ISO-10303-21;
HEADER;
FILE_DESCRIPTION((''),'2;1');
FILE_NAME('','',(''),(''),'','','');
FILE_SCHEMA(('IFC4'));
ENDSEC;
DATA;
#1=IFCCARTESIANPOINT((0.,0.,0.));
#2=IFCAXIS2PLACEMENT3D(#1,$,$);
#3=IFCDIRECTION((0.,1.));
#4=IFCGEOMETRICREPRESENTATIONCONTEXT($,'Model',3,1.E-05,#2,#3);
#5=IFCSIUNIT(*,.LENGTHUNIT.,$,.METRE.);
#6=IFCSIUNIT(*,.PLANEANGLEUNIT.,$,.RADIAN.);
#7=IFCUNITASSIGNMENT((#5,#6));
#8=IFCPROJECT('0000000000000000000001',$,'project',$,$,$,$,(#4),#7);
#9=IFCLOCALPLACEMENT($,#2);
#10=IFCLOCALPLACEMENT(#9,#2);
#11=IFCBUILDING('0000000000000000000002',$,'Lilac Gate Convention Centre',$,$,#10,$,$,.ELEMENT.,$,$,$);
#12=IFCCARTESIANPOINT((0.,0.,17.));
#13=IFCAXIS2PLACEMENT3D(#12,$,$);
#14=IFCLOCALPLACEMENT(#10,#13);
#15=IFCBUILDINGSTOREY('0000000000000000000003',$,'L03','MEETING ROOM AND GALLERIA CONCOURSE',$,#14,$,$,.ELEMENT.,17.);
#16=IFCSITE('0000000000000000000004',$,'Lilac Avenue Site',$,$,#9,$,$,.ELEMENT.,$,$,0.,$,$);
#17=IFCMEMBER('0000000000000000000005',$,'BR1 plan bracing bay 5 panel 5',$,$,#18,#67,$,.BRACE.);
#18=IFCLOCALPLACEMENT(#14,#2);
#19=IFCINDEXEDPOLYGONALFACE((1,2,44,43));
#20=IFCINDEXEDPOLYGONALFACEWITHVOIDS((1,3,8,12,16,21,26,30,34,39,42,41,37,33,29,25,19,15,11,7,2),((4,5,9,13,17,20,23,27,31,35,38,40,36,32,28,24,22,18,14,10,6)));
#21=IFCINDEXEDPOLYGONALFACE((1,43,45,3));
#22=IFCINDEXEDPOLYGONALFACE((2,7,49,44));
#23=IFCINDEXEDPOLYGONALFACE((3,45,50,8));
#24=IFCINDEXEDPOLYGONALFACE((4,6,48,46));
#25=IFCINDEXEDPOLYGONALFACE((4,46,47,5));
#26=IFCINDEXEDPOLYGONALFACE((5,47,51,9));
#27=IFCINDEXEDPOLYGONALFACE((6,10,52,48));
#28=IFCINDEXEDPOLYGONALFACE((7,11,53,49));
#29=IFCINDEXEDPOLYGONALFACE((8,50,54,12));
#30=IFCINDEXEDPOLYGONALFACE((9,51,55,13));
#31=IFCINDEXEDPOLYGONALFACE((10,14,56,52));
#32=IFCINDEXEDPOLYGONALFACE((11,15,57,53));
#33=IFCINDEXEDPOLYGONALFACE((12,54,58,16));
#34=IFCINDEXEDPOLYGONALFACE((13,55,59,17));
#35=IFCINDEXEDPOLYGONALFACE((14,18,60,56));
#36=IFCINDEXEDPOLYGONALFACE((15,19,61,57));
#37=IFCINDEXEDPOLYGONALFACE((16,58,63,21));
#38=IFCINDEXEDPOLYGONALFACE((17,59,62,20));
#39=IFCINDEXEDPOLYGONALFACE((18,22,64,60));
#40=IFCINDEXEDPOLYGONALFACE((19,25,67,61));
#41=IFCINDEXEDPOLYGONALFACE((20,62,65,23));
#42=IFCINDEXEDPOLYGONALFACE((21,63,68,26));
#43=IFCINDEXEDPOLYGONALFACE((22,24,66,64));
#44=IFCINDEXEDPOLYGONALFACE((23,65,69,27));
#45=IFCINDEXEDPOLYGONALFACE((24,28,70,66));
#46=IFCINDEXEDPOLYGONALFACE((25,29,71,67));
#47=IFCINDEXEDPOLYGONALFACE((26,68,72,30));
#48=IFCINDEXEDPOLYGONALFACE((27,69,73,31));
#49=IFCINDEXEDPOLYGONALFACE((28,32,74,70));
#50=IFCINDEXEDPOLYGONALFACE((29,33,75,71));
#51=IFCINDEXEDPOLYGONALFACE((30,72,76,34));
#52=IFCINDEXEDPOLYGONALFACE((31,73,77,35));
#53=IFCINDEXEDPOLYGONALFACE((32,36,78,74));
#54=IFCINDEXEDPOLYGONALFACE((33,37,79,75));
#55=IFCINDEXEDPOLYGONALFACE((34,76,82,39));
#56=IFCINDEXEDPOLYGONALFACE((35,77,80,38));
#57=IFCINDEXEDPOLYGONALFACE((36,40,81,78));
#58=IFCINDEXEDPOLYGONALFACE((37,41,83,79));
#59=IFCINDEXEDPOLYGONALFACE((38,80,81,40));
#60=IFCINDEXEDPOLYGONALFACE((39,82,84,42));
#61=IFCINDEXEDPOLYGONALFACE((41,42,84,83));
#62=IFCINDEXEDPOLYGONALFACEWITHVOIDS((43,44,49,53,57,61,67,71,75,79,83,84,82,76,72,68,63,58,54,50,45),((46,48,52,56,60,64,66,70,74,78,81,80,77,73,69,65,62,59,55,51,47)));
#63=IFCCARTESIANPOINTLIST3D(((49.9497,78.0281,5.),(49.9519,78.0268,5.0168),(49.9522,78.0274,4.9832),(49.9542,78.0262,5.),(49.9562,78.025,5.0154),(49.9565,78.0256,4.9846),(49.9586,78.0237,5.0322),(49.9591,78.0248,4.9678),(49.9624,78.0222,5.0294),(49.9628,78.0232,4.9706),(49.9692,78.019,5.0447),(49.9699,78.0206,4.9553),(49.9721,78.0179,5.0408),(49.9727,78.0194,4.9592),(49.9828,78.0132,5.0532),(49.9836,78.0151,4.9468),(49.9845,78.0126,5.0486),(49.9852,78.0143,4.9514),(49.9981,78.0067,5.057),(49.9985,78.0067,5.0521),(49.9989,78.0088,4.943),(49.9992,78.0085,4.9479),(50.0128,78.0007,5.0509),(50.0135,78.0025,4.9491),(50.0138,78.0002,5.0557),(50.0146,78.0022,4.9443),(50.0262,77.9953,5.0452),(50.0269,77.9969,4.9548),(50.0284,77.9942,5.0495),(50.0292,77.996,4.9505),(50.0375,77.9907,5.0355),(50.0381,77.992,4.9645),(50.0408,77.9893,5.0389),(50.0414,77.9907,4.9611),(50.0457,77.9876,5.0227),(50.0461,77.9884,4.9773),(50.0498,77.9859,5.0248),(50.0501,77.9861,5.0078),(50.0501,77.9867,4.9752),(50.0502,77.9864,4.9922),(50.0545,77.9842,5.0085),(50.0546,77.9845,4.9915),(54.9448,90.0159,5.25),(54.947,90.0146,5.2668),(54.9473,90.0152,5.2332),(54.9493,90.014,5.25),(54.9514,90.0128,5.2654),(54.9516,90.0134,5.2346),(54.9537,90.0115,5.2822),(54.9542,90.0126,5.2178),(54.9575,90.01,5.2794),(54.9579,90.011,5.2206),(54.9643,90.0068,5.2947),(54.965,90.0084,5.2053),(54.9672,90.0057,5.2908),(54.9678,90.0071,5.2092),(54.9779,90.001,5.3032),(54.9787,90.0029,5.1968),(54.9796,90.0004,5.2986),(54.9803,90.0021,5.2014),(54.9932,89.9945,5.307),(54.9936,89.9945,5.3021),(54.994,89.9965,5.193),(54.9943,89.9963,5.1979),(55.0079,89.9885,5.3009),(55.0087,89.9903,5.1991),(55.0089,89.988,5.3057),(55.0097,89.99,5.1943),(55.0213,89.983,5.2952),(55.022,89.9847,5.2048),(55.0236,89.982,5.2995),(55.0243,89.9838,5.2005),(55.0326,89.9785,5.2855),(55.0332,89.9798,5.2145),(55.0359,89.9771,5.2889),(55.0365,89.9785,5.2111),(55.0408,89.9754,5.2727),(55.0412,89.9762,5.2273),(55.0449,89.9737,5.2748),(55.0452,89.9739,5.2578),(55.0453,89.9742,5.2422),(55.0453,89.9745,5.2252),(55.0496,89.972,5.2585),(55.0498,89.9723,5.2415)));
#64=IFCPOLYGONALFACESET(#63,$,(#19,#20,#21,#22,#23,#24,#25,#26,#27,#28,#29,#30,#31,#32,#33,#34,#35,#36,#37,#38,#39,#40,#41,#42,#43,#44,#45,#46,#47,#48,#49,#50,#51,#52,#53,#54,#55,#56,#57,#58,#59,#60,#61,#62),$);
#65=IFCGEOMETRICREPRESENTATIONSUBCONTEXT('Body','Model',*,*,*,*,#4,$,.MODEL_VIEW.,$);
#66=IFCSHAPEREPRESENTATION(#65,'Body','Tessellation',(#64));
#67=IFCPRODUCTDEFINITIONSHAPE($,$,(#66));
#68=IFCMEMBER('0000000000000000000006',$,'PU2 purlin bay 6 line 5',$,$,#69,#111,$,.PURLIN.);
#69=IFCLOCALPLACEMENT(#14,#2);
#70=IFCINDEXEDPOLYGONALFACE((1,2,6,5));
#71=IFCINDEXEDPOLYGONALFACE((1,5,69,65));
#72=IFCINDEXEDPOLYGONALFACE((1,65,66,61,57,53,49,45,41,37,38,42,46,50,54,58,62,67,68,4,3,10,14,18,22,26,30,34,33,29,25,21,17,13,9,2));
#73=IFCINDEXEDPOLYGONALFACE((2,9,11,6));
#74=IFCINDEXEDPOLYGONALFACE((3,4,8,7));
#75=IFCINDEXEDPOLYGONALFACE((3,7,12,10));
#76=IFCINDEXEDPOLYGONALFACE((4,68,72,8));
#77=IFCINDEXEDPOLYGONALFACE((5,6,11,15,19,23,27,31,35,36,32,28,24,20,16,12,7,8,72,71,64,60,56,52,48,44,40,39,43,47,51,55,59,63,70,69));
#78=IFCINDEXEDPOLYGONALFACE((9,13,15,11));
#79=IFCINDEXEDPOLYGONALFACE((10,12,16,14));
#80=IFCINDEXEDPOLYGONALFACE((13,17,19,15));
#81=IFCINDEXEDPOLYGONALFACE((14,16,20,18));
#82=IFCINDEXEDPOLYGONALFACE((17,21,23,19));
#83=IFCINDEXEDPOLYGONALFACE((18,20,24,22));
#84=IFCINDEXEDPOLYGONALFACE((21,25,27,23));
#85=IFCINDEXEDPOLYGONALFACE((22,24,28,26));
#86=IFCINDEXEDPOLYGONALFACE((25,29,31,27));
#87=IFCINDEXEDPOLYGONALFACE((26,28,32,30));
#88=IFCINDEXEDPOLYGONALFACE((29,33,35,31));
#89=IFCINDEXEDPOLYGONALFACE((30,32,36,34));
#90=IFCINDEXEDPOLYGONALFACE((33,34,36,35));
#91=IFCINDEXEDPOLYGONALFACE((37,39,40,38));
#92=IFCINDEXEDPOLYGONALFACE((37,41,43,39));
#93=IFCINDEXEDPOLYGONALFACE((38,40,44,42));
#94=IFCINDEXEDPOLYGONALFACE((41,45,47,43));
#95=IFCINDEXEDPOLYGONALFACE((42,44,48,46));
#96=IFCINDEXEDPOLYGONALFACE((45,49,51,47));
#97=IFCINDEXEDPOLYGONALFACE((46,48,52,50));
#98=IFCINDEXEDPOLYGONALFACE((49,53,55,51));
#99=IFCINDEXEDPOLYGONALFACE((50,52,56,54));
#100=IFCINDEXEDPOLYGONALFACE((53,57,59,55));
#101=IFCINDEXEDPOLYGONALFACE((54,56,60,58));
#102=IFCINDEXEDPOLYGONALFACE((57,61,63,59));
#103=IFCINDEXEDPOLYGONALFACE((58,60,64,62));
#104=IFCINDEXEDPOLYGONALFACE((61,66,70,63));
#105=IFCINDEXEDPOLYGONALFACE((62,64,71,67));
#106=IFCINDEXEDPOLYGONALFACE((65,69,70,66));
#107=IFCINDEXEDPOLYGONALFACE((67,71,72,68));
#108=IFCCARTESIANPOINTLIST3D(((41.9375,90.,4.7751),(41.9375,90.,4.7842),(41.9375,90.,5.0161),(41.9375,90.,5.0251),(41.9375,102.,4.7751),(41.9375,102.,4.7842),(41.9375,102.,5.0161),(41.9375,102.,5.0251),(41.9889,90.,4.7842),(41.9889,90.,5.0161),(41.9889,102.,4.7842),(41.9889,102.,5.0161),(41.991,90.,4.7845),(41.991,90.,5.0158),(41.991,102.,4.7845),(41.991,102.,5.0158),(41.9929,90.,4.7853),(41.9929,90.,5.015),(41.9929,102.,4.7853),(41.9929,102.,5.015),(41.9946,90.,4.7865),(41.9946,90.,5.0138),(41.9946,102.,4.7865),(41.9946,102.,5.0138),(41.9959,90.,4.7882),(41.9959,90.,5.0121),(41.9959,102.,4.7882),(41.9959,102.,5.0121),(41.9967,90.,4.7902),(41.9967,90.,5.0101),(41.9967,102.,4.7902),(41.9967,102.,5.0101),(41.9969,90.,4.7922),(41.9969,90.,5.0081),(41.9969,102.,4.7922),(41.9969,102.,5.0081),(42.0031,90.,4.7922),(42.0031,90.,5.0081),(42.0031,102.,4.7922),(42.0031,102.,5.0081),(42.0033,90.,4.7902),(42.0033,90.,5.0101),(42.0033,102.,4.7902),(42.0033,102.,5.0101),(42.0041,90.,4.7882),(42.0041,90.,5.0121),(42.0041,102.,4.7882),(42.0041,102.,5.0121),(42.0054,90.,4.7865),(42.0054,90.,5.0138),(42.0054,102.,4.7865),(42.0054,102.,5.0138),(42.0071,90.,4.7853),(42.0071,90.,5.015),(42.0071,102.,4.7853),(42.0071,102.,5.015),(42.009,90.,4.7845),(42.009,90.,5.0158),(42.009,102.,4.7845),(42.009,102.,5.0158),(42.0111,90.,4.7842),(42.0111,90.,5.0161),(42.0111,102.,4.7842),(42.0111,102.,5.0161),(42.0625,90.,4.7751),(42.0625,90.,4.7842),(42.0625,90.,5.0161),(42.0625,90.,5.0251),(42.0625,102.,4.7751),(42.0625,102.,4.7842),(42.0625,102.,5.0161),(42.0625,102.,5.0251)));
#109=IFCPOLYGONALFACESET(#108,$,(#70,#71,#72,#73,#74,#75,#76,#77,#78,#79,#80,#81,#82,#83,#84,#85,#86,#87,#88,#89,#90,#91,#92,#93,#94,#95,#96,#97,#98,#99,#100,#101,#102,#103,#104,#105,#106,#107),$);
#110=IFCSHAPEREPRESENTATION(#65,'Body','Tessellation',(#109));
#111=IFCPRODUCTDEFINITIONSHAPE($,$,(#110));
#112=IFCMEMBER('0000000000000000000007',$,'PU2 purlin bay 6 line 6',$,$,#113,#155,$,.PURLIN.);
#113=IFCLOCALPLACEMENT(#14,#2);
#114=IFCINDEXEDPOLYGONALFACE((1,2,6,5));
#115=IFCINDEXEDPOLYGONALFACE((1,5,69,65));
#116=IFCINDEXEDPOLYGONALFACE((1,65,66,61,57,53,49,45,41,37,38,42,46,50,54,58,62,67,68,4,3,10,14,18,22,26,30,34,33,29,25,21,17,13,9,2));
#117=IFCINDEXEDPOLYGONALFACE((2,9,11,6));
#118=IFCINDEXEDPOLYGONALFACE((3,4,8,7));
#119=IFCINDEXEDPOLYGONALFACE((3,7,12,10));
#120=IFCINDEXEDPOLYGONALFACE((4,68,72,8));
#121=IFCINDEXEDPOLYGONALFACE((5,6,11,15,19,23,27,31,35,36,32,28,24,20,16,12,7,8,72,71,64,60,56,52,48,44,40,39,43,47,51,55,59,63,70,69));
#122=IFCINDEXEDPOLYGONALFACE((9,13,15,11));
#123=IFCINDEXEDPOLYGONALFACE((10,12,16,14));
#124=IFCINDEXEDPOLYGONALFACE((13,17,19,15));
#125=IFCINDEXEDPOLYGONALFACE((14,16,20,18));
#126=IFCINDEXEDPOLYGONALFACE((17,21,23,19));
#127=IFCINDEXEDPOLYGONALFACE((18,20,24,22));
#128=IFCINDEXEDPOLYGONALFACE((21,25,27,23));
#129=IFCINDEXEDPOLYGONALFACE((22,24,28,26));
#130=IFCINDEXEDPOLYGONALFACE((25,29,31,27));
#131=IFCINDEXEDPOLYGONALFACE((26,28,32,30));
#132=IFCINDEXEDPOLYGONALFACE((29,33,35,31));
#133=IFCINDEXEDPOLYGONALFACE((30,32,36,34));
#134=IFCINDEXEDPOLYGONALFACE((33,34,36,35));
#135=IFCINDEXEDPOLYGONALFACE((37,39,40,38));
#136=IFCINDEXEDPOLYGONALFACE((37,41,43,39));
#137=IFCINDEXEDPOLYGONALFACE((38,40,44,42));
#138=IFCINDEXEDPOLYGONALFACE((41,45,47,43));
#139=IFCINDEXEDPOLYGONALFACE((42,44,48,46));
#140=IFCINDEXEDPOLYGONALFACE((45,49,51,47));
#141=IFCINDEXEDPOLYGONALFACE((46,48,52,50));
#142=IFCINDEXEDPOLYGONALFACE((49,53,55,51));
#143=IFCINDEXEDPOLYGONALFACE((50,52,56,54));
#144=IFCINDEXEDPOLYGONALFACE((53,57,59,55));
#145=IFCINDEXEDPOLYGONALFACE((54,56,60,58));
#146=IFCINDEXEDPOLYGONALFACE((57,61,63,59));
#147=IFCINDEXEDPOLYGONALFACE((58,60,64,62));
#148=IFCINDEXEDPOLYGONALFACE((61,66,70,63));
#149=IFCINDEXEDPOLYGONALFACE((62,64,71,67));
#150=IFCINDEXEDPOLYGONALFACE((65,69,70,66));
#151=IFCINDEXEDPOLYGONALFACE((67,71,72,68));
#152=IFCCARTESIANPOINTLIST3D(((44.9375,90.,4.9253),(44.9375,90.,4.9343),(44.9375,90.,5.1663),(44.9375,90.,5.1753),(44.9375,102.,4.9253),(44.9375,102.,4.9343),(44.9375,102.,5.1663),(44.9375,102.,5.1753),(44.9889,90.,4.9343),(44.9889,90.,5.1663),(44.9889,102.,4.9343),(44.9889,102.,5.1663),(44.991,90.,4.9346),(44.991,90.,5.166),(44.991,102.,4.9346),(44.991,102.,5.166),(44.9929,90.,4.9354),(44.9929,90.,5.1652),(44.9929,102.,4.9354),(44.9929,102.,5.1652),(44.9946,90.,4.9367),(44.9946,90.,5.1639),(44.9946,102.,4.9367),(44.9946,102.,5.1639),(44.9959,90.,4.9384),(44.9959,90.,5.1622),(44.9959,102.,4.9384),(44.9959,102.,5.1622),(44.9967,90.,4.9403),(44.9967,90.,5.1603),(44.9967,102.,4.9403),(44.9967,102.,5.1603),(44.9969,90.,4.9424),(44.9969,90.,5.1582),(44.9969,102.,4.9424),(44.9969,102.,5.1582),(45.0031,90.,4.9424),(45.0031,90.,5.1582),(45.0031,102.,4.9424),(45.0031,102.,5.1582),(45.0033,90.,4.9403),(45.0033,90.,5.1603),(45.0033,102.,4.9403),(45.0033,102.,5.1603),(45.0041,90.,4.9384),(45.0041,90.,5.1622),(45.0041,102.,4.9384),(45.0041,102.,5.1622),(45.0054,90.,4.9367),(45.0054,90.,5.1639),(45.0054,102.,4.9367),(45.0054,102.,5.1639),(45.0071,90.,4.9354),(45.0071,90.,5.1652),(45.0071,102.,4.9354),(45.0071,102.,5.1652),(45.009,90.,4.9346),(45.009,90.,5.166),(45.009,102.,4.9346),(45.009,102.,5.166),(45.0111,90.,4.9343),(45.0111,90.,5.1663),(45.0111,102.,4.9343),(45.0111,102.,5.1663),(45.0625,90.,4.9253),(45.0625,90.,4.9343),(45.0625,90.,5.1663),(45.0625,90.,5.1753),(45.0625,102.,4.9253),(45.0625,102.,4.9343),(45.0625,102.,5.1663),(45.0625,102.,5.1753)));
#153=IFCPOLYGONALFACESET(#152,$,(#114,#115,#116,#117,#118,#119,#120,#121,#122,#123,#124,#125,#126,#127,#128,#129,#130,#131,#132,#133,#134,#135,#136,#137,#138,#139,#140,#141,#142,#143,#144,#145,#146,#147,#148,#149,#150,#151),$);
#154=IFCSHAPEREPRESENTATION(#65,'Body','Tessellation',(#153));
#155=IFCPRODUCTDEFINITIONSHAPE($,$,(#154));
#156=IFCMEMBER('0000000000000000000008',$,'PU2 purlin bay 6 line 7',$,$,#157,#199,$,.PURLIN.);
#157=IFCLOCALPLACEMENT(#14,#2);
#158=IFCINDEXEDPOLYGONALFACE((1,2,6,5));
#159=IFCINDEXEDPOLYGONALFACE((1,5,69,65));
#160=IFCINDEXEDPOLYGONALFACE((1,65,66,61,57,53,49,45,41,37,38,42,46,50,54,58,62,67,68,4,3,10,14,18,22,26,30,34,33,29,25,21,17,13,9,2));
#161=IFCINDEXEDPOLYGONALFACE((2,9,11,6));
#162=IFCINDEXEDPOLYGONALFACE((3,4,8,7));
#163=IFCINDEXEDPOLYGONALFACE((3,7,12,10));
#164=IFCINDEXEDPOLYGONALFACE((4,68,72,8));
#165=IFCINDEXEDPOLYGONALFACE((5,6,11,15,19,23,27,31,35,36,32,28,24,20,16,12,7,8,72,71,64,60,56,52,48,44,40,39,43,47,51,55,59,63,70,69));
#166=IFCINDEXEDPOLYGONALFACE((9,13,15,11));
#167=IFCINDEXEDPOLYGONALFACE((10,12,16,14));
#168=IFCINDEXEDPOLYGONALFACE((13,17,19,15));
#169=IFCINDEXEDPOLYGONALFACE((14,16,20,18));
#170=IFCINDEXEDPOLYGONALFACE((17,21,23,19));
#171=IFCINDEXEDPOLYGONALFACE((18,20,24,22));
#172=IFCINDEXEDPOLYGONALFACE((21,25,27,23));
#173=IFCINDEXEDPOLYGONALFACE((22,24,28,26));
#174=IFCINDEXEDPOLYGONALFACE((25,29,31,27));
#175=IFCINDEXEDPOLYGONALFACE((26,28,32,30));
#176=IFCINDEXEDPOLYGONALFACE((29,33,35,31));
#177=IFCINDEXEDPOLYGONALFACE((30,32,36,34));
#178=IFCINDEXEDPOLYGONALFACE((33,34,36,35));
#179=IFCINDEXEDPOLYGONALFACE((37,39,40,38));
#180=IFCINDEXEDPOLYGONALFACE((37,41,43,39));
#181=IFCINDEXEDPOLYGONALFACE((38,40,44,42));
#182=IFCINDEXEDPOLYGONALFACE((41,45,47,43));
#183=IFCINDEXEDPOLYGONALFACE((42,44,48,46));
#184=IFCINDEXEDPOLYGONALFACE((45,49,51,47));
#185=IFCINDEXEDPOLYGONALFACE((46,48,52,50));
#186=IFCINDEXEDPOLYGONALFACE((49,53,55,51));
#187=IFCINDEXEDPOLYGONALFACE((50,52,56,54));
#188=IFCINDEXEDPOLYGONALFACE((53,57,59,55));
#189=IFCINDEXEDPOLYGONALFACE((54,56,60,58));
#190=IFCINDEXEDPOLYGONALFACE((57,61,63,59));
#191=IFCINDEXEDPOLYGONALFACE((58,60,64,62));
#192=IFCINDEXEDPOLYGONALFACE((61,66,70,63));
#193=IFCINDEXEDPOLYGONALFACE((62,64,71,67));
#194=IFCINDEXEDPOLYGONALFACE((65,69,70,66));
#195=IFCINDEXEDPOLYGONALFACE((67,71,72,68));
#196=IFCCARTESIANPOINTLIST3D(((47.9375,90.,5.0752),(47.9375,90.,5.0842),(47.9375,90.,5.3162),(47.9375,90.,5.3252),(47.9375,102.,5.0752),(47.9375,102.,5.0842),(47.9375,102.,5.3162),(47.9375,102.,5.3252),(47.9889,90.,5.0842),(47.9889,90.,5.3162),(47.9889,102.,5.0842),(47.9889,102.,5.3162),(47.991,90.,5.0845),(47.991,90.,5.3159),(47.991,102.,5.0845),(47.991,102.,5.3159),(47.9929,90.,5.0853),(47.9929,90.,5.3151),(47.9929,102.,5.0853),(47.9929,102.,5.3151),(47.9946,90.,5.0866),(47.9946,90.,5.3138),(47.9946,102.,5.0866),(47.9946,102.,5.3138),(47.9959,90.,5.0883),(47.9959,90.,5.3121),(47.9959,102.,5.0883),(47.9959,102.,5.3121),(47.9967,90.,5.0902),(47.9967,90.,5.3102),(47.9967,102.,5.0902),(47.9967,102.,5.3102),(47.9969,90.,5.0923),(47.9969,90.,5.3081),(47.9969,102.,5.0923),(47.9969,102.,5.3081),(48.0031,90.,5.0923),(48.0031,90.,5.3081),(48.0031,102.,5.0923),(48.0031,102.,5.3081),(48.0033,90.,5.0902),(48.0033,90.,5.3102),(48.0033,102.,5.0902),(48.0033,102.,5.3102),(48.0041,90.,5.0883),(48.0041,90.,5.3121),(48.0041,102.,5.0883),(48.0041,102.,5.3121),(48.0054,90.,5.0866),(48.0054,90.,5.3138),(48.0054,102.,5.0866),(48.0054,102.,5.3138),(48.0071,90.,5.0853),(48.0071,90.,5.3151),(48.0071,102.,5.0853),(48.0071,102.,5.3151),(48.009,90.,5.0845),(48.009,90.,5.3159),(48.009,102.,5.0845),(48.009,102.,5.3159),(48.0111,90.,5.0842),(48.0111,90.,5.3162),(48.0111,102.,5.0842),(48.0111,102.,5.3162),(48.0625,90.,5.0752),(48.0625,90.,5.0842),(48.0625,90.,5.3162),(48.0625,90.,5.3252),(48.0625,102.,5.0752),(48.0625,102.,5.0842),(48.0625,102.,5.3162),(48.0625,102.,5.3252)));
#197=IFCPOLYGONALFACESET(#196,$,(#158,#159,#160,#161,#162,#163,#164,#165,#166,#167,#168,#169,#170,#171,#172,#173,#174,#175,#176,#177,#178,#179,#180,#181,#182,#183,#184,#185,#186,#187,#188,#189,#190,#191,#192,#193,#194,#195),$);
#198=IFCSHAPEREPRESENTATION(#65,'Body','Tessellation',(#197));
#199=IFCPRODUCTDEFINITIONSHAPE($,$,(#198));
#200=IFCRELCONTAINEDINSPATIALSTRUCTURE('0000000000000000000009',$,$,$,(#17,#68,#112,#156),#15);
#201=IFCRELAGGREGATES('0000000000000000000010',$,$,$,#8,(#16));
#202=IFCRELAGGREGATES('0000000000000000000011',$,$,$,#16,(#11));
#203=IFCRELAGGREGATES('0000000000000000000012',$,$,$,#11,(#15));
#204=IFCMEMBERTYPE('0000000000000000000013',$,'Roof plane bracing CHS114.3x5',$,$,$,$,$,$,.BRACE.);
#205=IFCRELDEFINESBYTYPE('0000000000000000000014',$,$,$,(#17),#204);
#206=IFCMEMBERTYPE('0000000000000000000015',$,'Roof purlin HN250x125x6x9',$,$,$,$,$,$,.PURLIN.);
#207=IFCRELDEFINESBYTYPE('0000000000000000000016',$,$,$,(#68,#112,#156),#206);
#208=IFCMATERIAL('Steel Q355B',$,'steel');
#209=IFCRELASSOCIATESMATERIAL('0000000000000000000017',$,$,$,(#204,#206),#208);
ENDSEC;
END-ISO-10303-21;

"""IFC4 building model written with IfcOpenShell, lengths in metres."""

from ifc_helpers import new_model, si_unit, direction, frame, origin, origin_2d, place, context, subcontext, project, spatial, hollow_circle, i_section, extrude, material, material_profile, profile_set, type_object, element, save


model = new_model("IFC4")

# Units and contexts
model_context = context("Model", 3, precision=1e-05, world=origin(), true_north=direction((0.0, 1.0)))
body_context = subcontext(model_context, "Body", "Model", "MODEL_VIEW")
ifc_project = project(units=[si_unit("LENGTHUNIT", "METRE"), si_unit("PLANEANGLEUNIT", "RADIAN")], contexts=[model_context])

# Site, building, storey
site_placement = place(None, origin())
site = spatial("IfcSite", under=ifc_project, at=site_placement, Name="Lilac Avenue Site", CompositionType="ELEMENT", RefElevation=0.0)
building_placement = place(site_placement, origin())
building = spatial("IfcBuilding", under=site, at=building_placement, Name="Lilac Gate Convention Centre", CompositionType="ELEMENT")
storey_placement = place(building_placement, frame((0.0, 0.0, 17.0)))
storey = spatial("IfcBuildingStorey", under=building, at=storey_placement, Name="L03", Description="MEETING ROOM AND GALLERIA CONCOURSE", CompositionType="ELEMENT", Elevation=17.0)

# Members
ifc_material = material(Name="Steel Q355B", Category="steel")
ifc_material_profile_1 = material_profile(ifc_material, hollow_circle(Radius=0.0571, WallThickness=0.0049, at=origin_2d()), Name="CHS114.3x5")
ifc_profile_set_1 = profile_set([ifc_material_profile_1], Name="Steel Q355B")
member_type_1 = type_object("IfcMemberType", Name="Roof plane bracing CHS114.3x5", PredefinedType="BRACE", material=ifc_profile_set_1)
for number, where, z_axis, x_axis, name in (
    (1, (50.0024, 78.0061, 5.0), (0.384557, 0.9229, 0.019247), (-0.923071, 0.384629, 0.0), "BR1 plan bracing bay 5 panel 5"),
):
    element("IfcMember", number, at=place(storey_placement, frame(where, z_axis=z_axis, x_axis=x_axis)), inside=storey, type_object=member_type_1, Name=name, PredefinedType="BRACE", context=body_context, shape_type="SweptSolid", body=[
        extrude(hollow_circle(Radius=0.0571, WallThickness=0.0049, at=origin_2d()), origin(), (0.0, 0.0, 1.0), 12.9893),
    ])
ifc_material_profile_2 = material_profile(ifc_material, i_section(OverallWidth=0.125, OverallDepth=0.25, WebThickness=0.0061, FlangeThickness=0.009, FilletRadius=0.0081, at=origin_2d()), Name="HN250x125x6x9")
ifc_profile_set_2 = profile_set([ifc_material_profile_2], Name="Steel Q355B")
member_type_2 = type_object("IfcMemberType", Name="Roof purlin HN250x125x6x9", PredefinedType="PURLIN", material=ifc_profile_set_2)
for number, where, z_axis, x_axis, name in (
    (2, (42.0, 90.0, 4.9001), (0.0, 1.0, 0.0), (-1.0, 0.0, 0.0), "PU2 purlin bay 6 line 5"),
    (3, (45.0, 90.0, 5.0503), (0.0, 1.0, 0.0), (-1.0, 0.0, 0.0), "PU2 purlin bay 6 line 6"),
    (4, (48.0, 90.0, 5.2002), (0.0, 1.0, 0.0), (-1.0, 0.0, 0.0), "PU2 purlin bay 6 line 7"),
):
    element("IfcMember", number, at=place(storey_placement, frame(where, z_axis=z_axis, x_axis=x_axis)), inside=storey, type_object=member_type_2, Name=name, PredefinedType="PURLIN", context=body_context, shape_type="SweptSolid", body=[
        extrude(i_section(OverallWidth=0.125, OverallDepth=0.25, WebThickness=0.0061, FlangeThickness=0.009, FilletRadius=0.0081, at=origin_2d()), origin(), (0.0, 0.0, 1.0), 12.0),
    ])

save(model, "model.ifc")
